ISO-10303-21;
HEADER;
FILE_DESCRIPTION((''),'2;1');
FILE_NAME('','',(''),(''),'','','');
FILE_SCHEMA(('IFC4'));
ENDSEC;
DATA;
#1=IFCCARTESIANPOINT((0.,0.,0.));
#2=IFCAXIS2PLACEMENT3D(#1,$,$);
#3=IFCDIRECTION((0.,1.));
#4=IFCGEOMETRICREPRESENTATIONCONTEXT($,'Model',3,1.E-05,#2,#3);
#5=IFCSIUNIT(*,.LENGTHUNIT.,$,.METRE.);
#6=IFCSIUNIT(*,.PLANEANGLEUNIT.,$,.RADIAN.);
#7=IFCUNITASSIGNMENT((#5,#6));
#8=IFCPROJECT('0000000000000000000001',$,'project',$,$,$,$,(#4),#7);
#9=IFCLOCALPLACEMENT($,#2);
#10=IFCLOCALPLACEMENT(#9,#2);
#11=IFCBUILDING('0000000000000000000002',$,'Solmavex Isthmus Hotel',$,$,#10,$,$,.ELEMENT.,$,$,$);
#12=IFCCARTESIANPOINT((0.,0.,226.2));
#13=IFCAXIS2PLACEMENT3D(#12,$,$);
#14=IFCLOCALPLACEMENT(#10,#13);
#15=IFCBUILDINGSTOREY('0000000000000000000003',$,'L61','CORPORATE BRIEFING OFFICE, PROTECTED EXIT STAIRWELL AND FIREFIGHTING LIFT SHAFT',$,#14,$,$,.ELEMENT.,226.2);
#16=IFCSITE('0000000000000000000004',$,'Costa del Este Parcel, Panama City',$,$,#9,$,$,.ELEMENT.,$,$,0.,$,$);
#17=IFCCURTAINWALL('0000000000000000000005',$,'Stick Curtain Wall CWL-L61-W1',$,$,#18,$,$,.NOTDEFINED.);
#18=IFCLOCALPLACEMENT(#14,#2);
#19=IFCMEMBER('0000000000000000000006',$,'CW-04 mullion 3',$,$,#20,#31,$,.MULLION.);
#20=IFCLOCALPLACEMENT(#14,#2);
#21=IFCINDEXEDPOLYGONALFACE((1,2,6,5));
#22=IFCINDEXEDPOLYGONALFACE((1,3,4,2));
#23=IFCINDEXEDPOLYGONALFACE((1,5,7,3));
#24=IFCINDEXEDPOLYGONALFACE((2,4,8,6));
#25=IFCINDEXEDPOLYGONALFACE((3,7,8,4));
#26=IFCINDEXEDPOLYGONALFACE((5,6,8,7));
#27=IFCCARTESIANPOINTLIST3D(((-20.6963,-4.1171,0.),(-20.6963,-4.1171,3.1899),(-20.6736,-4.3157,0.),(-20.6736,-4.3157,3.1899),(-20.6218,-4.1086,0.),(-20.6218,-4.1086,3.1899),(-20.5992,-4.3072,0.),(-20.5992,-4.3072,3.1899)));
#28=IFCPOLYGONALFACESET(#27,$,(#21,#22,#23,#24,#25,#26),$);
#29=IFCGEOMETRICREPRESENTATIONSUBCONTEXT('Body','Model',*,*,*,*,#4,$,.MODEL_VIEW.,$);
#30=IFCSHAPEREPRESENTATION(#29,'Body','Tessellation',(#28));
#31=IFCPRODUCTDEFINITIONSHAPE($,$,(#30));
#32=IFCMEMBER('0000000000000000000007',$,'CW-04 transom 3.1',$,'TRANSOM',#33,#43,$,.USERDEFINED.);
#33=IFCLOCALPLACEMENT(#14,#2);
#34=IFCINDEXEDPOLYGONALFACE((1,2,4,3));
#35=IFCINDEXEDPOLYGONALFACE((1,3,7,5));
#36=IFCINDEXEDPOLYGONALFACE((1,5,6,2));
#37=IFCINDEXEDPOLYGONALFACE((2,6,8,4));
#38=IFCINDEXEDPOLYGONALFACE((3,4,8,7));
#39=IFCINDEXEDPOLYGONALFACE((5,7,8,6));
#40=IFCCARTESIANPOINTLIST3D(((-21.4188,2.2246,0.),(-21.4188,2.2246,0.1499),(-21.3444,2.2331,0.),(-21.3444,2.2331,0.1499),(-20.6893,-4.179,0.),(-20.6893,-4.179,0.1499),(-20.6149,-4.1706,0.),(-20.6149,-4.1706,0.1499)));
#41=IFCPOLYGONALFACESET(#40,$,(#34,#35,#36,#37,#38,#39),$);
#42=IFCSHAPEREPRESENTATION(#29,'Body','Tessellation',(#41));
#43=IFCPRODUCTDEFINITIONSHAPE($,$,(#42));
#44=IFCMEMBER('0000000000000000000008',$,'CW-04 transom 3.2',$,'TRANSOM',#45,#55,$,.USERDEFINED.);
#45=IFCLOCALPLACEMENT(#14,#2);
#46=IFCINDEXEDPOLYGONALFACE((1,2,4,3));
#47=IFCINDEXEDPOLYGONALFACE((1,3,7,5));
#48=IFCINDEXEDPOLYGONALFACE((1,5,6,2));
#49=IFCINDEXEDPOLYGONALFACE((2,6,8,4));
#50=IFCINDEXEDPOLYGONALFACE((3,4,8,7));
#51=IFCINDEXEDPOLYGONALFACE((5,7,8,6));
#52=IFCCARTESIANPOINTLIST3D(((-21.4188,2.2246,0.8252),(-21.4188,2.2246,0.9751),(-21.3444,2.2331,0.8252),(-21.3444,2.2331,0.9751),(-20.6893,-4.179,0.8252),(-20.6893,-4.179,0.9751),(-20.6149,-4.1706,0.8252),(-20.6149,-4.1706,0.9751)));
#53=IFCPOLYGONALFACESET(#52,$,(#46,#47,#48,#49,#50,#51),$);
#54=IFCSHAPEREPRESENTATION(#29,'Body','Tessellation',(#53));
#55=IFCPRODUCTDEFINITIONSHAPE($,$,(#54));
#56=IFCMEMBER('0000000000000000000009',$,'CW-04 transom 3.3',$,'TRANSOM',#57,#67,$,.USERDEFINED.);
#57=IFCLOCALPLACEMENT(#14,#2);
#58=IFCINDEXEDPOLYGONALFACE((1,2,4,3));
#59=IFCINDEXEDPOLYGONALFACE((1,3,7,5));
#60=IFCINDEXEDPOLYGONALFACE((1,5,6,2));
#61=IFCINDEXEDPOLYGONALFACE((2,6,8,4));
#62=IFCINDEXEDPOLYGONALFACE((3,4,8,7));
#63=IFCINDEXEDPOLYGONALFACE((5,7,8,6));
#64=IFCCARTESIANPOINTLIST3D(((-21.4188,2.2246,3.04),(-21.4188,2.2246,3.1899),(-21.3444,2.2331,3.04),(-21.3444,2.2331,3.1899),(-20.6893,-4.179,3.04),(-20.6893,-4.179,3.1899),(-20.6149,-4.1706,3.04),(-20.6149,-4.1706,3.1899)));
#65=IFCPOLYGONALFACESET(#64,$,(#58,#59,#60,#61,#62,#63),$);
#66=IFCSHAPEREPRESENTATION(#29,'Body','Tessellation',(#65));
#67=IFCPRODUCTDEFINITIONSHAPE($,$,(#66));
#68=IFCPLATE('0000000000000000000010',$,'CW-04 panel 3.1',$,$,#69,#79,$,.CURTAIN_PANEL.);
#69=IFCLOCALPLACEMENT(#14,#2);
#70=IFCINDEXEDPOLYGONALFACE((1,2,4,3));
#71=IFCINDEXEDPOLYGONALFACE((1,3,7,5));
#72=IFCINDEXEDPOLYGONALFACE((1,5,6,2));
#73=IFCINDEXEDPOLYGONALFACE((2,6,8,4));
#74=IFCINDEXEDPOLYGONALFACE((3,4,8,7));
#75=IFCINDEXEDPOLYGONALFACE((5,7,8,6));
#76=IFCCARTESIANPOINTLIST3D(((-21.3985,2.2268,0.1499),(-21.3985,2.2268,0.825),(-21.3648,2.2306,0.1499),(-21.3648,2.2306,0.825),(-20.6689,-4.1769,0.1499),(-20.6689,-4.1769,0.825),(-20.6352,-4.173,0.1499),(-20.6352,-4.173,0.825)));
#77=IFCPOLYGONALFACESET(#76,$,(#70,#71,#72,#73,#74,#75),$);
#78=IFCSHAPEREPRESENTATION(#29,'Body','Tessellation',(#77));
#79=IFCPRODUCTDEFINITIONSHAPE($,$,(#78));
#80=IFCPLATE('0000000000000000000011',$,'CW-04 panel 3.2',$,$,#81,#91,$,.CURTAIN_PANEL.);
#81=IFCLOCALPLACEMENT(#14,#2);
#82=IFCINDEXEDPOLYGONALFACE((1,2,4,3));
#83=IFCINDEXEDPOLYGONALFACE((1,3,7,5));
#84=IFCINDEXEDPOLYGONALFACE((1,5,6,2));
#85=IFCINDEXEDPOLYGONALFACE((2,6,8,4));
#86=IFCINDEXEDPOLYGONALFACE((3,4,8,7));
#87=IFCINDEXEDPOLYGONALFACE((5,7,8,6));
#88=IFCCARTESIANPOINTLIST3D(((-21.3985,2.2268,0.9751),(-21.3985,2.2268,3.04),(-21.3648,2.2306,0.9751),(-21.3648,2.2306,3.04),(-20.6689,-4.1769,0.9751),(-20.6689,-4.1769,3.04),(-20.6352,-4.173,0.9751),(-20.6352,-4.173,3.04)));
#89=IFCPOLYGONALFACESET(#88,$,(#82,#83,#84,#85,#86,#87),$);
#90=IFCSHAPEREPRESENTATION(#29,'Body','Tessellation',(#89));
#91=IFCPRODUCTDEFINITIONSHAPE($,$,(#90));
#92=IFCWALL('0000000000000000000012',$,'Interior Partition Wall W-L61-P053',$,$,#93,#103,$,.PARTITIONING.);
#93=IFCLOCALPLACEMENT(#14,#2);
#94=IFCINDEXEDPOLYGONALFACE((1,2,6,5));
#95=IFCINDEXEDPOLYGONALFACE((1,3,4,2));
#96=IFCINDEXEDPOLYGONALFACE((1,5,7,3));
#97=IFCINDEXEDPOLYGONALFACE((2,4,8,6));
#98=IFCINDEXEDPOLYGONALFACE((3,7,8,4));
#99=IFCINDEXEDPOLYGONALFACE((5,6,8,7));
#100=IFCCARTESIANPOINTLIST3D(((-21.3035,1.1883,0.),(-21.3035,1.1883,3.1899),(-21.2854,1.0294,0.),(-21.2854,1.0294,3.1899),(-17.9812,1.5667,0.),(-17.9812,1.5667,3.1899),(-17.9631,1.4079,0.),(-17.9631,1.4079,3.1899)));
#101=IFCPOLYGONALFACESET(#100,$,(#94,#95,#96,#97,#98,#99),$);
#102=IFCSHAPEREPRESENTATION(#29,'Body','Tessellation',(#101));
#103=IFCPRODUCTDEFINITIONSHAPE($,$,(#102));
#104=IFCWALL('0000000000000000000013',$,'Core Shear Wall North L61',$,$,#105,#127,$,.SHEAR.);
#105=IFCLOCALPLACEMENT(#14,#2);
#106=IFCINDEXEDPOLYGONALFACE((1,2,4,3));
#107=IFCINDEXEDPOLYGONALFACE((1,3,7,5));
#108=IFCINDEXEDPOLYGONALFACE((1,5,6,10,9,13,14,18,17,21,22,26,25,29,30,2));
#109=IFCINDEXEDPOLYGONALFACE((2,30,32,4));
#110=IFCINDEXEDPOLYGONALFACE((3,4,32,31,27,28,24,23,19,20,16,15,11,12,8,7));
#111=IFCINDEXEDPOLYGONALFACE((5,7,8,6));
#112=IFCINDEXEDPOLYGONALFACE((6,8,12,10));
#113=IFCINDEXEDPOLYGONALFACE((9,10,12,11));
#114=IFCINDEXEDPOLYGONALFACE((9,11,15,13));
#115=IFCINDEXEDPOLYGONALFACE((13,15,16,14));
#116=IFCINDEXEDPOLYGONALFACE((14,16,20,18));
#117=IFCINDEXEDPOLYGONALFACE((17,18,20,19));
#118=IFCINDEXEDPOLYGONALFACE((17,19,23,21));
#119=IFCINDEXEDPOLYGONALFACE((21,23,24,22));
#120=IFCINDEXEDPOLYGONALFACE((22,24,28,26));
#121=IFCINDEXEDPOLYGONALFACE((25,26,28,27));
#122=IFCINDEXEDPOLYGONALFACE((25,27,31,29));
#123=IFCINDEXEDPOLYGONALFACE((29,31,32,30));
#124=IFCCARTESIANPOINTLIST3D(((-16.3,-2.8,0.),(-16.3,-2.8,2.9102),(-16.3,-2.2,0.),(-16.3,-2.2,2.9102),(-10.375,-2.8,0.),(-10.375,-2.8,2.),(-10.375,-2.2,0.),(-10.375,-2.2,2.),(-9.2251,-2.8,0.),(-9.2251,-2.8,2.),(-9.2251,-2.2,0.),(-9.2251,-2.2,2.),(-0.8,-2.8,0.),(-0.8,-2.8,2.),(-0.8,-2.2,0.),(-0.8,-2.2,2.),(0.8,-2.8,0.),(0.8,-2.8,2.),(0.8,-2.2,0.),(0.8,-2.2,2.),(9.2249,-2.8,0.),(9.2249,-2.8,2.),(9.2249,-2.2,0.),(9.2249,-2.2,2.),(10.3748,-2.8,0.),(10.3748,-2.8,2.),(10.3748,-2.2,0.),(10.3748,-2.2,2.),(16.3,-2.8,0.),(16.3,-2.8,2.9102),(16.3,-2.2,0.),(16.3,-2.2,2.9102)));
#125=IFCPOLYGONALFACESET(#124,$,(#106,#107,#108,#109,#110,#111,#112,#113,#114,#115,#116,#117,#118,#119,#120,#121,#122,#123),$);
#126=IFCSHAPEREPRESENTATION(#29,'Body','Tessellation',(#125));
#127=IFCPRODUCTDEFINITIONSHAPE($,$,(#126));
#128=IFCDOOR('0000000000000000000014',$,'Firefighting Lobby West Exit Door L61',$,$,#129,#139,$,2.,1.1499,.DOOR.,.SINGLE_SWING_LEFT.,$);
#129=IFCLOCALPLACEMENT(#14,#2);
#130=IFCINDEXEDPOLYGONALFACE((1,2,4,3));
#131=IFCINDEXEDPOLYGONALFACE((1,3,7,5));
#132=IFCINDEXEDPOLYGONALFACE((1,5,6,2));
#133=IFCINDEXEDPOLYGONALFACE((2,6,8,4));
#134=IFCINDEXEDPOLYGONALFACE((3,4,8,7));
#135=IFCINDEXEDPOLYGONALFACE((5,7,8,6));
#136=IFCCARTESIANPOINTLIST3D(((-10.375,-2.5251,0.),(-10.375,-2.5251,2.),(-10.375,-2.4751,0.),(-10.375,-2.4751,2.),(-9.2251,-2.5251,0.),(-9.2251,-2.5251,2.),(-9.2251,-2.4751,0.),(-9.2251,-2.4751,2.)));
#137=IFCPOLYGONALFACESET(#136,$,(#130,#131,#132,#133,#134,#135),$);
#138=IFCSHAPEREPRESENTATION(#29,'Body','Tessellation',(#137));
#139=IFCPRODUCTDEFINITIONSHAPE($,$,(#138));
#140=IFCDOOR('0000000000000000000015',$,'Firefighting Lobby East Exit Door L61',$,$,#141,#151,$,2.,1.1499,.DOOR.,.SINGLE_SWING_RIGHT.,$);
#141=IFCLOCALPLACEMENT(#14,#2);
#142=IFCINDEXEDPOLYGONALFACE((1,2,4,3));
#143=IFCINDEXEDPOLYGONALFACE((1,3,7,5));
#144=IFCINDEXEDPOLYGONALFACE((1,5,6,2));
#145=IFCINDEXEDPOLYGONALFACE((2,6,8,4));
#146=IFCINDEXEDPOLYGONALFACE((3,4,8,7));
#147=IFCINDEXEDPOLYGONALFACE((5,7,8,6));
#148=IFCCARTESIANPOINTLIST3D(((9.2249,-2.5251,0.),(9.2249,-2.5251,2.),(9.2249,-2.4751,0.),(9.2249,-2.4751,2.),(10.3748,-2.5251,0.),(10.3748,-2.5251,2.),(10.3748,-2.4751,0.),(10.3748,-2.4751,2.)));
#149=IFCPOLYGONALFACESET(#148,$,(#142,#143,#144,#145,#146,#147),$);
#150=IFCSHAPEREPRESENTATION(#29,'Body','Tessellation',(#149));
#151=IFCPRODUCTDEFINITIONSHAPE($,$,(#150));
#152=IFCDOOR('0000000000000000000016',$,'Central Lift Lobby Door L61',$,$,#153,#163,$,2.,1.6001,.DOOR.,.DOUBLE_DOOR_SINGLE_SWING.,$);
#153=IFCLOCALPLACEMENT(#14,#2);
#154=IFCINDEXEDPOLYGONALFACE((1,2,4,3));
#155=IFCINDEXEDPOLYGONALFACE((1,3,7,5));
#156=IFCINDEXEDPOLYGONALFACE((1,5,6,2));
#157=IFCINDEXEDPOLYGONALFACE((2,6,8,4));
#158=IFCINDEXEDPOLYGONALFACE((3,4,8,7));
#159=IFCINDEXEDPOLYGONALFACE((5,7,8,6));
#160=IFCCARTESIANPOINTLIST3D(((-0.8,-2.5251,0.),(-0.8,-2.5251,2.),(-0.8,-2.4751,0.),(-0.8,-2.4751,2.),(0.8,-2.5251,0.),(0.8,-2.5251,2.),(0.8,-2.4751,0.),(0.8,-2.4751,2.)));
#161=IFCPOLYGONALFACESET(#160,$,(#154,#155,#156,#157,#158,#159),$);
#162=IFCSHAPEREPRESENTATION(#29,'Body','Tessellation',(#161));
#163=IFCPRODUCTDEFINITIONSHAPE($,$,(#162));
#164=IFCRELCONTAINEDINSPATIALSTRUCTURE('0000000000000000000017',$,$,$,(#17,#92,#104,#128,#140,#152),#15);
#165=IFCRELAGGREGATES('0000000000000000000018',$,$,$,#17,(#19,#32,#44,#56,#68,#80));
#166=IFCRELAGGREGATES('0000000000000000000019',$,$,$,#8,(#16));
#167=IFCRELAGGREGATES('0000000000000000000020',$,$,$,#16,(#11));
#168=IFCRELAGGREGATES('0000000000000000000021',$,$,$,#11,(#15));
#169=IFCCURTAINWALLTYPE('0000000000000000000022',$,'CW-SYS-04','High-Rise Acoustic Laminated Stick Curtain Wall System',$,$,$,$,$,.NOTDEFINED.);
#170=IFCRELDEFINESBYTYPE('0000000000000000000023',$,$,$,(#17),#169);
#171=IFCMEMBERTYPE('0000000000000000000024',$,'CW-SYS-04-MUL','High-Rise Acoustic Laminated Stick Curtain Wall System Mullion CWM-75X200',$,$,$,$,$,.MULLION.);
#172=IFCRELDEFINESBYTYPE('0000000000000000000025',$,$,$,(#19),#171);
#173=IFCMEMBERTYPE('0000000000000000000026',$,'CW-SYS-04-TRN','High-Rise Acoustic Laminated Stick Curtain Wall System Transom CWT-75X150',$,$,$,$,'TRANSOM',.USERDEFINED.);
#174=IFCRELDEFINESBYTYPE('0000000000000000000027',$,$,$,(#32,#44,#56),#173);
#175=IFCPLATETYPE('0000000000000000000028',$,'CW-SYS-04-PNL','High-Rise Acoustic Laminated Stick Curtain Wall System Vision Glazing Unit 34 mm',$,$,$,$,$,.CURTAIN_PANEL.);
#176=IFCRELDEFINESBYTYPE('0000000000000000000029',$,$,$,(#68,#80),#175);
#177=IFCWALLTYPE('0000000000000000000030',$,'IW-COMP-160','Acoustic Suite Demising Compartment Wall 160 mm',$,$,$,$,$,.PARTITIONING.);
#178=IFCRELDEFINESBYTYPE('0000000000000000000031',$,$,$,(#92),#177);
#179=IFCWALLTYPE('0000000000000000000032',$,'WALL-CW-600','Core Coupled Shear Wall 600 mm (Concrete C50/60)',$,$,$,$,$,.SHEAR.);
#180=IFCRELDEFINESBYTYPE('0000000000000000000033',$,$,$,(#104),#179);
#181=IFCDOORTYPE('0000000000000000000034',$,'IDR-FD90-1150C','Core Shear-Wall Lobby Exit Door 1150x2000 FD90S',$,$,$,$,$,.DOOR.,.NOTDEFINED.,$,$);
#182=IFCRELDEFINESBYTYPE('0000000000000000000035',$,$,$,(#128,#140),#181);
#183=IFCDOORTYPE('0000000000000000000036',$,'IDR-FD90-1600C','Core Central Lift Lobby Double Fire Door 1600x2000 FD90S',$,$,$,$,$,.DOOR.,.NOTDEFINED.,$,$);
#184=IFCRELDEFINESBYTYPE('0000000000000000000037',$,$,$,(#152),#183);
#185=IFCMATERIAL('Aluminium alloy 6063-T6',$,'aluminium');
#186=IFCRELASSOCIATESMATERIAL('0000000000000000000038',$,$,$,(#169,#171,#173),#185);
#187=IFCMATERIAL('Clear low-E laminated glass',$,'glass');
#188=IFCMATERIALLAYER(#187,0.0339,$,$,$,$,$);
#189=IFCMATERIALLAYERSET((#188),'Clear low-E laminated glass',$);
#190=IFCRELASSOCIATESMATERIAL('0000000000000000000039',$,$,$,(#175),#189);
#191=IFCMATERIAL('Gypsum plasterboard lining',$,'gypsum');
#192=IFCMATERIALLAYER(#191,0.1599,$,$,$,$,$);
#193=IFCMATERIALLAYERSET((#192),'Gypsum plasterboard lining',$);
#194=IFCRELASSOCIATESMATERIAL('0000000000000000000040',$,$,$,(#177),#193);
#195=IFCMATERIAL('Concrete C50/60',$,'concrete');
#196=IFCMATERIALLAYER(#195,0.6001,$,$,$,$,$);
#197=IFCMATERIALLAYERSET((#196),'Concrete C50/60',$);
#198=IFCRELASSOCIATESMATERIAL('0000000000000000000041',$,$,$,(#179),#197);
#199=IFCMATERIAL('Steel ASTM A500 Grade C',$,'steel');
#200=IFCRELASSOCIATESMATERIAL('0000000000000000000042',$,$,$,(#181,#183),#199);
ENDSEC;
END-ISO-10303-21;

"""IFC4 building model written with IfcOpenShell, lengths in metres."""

from ifc_helpers import new_model, si_unit, direction, frame, frame_2d, origin, origin_2d, place, context, subcontext, project, spatial, rectangle, extrude, material, layer, layer_set, material_profile, profile_set, type_object, element, fill, aggregate, save


model = new_model("IFC4")

# Units and contexts
model_context = context("Model", 3, precision=1e-05, world=origin(), true_north=direction((0.0, 1.0)))
body_context = subcontext(model_context, "Body", "Model", "MODEL_VIEW")
ifc_project = project(units=[si_unit("LENGTHUNIT", "METRE"), si_unit("PLANEANGLEUNIT", "RADIAN")], contexts=[model_context])

# Site, building, storey
site_placement = place(None, origin())
site = spatial("IfcSite", under=ifc_project, at=site_placement, Name="Costa del Este Parcel, Panama City", CompositionType="ELEMENT", RefElevation=0.0)
building_placement = place(site_placement, origin())
building = spatial("IfcBuilding", under=site, at=building_placement, Name="Solmavex Isthmus Hotel", CompositionType="ELEMENT")
storey_placement = place(building_placement, frame((0.0, 0.0, 226.2)))
storey = spatial("IfcBuildingStorey", under=building, at=storey_placement, Name="L61", Description="CORPORATE BRIEFING OFFICE, PROTECTED EXIT STAIRWELL AND FIREFIGHTING LIFT SHAFT", CompositionType="ELEMENT", Elevation=226.2)

# Shared definitions
ifc_material_1 = material(Name="Concrete C50/60", Category="concrete")

# Curtain wall, members, plates
ifc_material_2 = material(Name="Aluminium alloy 6063-T6", Category="aluminium")
curtain_wall_type = type_object("IfcCurtainWallType", Name="CW-SYS-04", Description="High-Rise Acoustic Laminated Stick Curtain Wall System", PredefinedType="NOTDEFINED", material=ifc_material_2)
curtain_wall_placement = place(storey_placement, origin())
curtain_wall = element("IfcCurtainWall", 1, at=curtain_wall_placement, inside=storey, type_object=curtain_wall_type, Name="Stick Curtain Wall CWL-L61-W1", PredefinedType="NOTDEFINED")
ifc_material_profile_1 = material_profile(ifc_material_2, rectangle(XDim=0.075, YDim=0.2, at=origin_2d()), Name="CWM-75X200")
ifc_profile_set_1 = profile_set([ifc_material_profile_1], Name="Aluminium alloy 6063-T6")
member_type_1 = type_object("IfcMemberType", Name="CW-SYS-04-MUL", Description="High-Rise Acoustic Laminated Stick Curtain Wall System Mullion CWM-75X200", PredefinedType="MULLION", material=ifc_profile_set_1)
member_1_placement = place(storey_placement, frame((-20.6477, -4.2122, 0.0), z_axis=(0.0, 0.0, 1.0), x_axis=(-0.993572, -0.113203, 0.0)))
member_1 = element("IfcMember", 2, at=member_1_placement, type_object=member_type_1, Name="CW-04 mullion 3", PredefinedType="MULLION", context=body_context, shape_type="SweptSolid", body=[
    extrude(rectangle(XDim=0.075, YDim=0.2, at=origin_2d()), origin(), (0.0, 0.0, 1.0), 3.1899),
])
ifc_material_profile_2 = material_profile(ifc_material_2, rectangle(XDim=0.075, YDim=0.1499, at=origin_2d()), Name="CWT-75X150")
ifc_profile_set_2 = profile_set([ifc_material_profile_2], Name="Aluminium alloy 6063-T6")
member_type_2 = type_object("IfcMemberType", Name="CW-SYS-04-TRN", Description="High-Rise Acoustic Laminated Stick Curtain Wall System Transom CWT-75X150", ElementType="TRANSOM", PredefinedType="USERDEFINED", material=ifc_profile_set_2)
member_2_placement = place(storey_placement, frame((-20.6521, -4.1748, 0.075), z_axis=(-0.113188, 0.993574, 0.0), x_axis=(-0.993574, -0.113188, 0.0)))
member_2 = element("IfcMember", 3, at=member_2_placement, type_object=member_type_2, Name="CW-04 transom 3.1", ObjectType="TRANSOM", PredefinedType="USERDEFINED", context=body_context, shape_type="SweptSolid", body=[
    extrude(rectangle(XDim=0.075, YDim=0.1499, at=origin_2d()), origin(), (0.0, 0.0, 1.0), 6.4451),
])
member_3_placement = place(storey_placement, frame((-20.6521, -4.1748, 0.9001), z_axis=(-0.113188, 0.993574, 0.0), x_axis=(-0.993574, -0.113188, 0.0)))
member_3 = element("IfcMember", 4, at=member_3_placement, type_object=member_type_2, Name="CW-04 transom 3.2", ObjectType="TRANSOM", PredefinedType="USERDEFINED", context=body_context, shape_type="SweptSolid", body=[
    extrude(rectangle(XDim=0.075, YDim=0.1499, at=origin_2d()), origin(), (0.0, 0.0, 1.0), 6.4451),
])
member_4_placement = place(storey_placement, frame((-20.6521, -4.1748, 3.115), z_axis=(-0.113188, 0.993574, 0.0), x_axis=(-0.993574, -0.113188, 0.0)))
member_4 = element("IfcMember", 5, at=member_4_placement, type_object=member_type_2, Name="CW-04 transom 3.3", ObjectType="TRANSOM", PredefinedType="USERDEFINED", context=body_context, shape_type="SweptSolid", body=[
    extrude(rectangle(XDim=0.075, YDim=0.1499, at=origin_2d()), origin(), (0.0, 0.0, 1.0), 6.4451),
])
ifc_material_3 = material(Name="Clear low-E laminated glass", Category="glass")
ifc_layer_1 = layer(ifc_material_3, 0.0339)
ifc_layer_set_1 = layer_set([ifc_layer_1], Name="Clear low-E laminated glass")
plate_type = type_object("IfcPlateType", Name="CW-SYS-04-PNL", Description="High-Rise Acoustic Laminated Stick Curtain Wall System Vision Glazing Unit 34 mm", PredefinedType="CURTAIN_PANEL", material=ifc_layer_set_1)
plate_1_placement = place(storey_placement, frame((-21.0168, -0.9731, 0.1499), z_axis=(0.0, 0.0, 1.0), x_axis=(-0.113203, 0.993572, 0.0)))
plate_1 = element("IfcPlate", 6, at=plate_1_placement, type_object=plate_type, Name="CW-04 panel 3.1", PredefinedType="CURTAIN_PANEL", context=body_context, shape_type="SweptSolid", body=[
    extrude(rectangle(XDim=6.4451, YDim=0.0339, at=origin_2d()), origin(), (0.0, 0.0, 1.0), 0.675),
])
plate_2_placement = place(storey_placement, frame((-21.0168, -0.9731, 0.9751), z_axis=(0.0, 0.0, 1.0), x_axis=(-0.113203, 0.993572, 0.0)))
plate_2 = element("IfcPlate", 7, at=plate_2_placement, type_object=plate_type, Name="CW-04 panel 3.2", PredefinedType="CURTAIN_PANEL", context=body_context, shape_type="SweptSolid", body=[
    extrude(rectangle(XDim=6.4451, YDim=0.0339, at=origin_2d()), origin(), (0.0, 0.0, 1.0), 2.0649),
])
aggregate(curtain_wall, [member_1, member_2, member_3, member_4, plate_1, plate_2])

# Wall
ifc_material_4 = material(Name="Gypsum plasterboard lining", Category="gypsum")
ifc_layer_2 = layer(ifc_material_4, 0.1599)
ifc_layer_set_2 = layer_set([ifc_layer_2], Name="Gypsum plasterboard lining")
wall_type_1 = type_object("IfcWallType", Name="IW-COMP-160", Description="Acoustic Suite Demising Compartment Wall 160 mm", PredefinedType="PARTITIONING", material=ifc_layer_set_2)
wall_1_placement = place(storey_placement, frame((-17.9722, 1.4873, 0.0), z_axis=(0.0, 0.0, 1.0), x_axis=(-0.993575, -0.113172, 0.0)))
element("IfcWall", 8, at=wall_1_placement, inside=storey, type_object=wall_type_1, Name="Interior Partition Wall W-L61-P053", PredefinedType="PARTITIONING", context=body_context, shape_type="SweptSolid", body=[
    extrude(rectangle(XDim=3.3438, YDim=0.1599, at=frame_2d((1.6719, 0.0))), origin(), (0.0, 0.0, 1.0), 3.1899),
])

# Wall, openings, doors
ifc_layer_3 = layer(ifc_material_1, 0.6001)
ifc_layer_set_3 = layer_set([ifc_layer_3], Name="Concrete C50/60")
wall_type_2 = type_object("IfcWallType", Name="WALL-CW-600", Description="Core Coupled Shear Wall 600 mm (Concrete C50/60)", PredefinedType="SHEAR", material=ifc_layer_set_3)
wall_2_placement = place(storey_placement, frame((-16.3, -2.5, 0.0), z_axis=(0.0, 0.0, 1.0), x_axis=(1.0, 0.0, 0.0)))
wall_2 = element("IfcWall", 9, at=wall_2_placement, inside=storey, type_object=wall_type_2, Name="Core Shear Wall North L61", PredefinedType="SHEAR", context=body_context, shape_type="SweptSolid", body=[
    extrude(rectangle(XDim=32.6001, YDim=0.6001, at=frame_2d((16.3, 0.0))), origin(), (0.0, 0.0, 1.0), 2.9102),
])
opening_1_placement = place(wall_2_placement, frame((5.925, 0.0, 0.0)))
opening_1 = element("IfcOpeningElement", 10, at=opening_1_placement, cuts=wall_2, PredefinedType="OPENING", context=body_context, shape_type="SweptSolid", body=[
    extrude(rectangle(XDim=1.1499, YDim=2.0, at=frame_2d((0.575, 1.0))), frame((0.0, 0.3101, 0.0), z_axis=(0.0, -1.0, 0.0), x_axis=(1.0, 0.0, 0.0)), (0.0, 0.0, 1.0), 0.6201),
])
opening_2_placement = place(wall_2_placement, frame((15.5, 0.0, 0.0)))
opening_2 = element("IfcOpeningElement", 11, at=opening_2_placement, cuts=wall_2, PredefinedType="OPENING", context=body_context, shape_type="SweptSolid", body=[
    extrude(rectangle(XDim=1.6001, YDim=2.0, at=frame_2d((0.8, 1.0))), frame((0.0, 0.3101, 0.0), z_axis=(0.0, -1.0, 0.0), x_axis=(1.0, 0.0, 0.0)), (0.0, 0.0, 1.0), 0.6201),
])
opening_3_placement = place(wall_2_placement, frame((25.5249, 0.0, 0.0)))
opening_3 = element("IfcOpeningElement", 12, at=opening_3_placement, cuts=wall_2, PredefinedType="OPENING", context=body_context, shape_type="SweptSolid", body=[
    extrude(rectangle(XDim=1.1499, YDim=2.0, at=frame_2d((0.575, 1.0))), frame((0.0, 0.3101, 0.0), z_axis=(0.0, -1.0, 0.0), x_axis=(1.0, 0.0, 0.0)), (0.0, 0.0, 1.0), 0.6201),
])
ifc_material_5 = material(Name="Steel ASTM A500 Grade C", Category="steel")
door_type_1 = type_object("IfcDoorType", Name="IDR-FD90-1150C", Description="Core Shear-Wall Lobby Exit Door 1150x2000 FD90S", OperationType="NOTDEFINED", PredefinedType="DOOR", material=ifc_material_5)
door_1_placement = place(opening_1_placement, origin())
door_1 = element("IfcDoor", 13, at=door_1_placement, inside=storey, type_object=door_type_1, Name="Firefighting Lobby West Exit Door L61", OperationType="SINGLE_SWING_LEFT", OverallHeight=2.0, OverallWidth=1.1499, PredefinedType="DOOR", context=body_context, shape_type="SweptSolid", body=[
    extrude(rectangle(XDim=1.1499, YDim=2.0, at=frame_2d((0.575, 1.0))), frame((0.0, 0.0249, 0.0), z_axis=(0.0, -1.0, 0.0), x_axis=(1.0, 0.0, 0.0)), (0.0, 0.0, 1.0), 0.05),
])
fill(opening_1, door_1)
door_2_placement = place(opening_3_placement, origin())
door_2 = element("IfcDoor", 14, at=door_2_placement, inside=storey, type_object=door_type_1, Name="Firefighting Lobby East Exit Door L61", OperationType="SINGLE_SWING_RIGHT", OverallHeight=2.0, OverallWidth=1.1499, PredefinedType="DOOR", context=body_context, shape_type="SweptSolid", body=[
    extrude(rectangle(XDim=1.1499, YDim=2.0, at=frame_2d((0.575, 1.0))), frame((0.0, 0.0249, 0.0), z_axis=(0.0, -1.0, 0.0), x_axis=(1.0, 0.0, 0.0)), (0.0, 0.0, 1.0), 0.05),
])
fill(opening_3, door_2)
door_type_2 = type_object("IfcDoorType", Name="IDR-FD90-1600C", Description="Core Central Lift Lobby Double Fire Door 1600x2000 FD90S", OperationType="NOTDEFINED", PredefinedType="DOOR", material=ifc_material_5)
door_3_placement = place(opening_2_placement, origin())
door_3 = element("IfcDoor", 15, at=door_3_placement, inside=storey, type_object=door_type_2, Name="Central Lift Lobby Door L61", OperationType="DOUBLE_DOOR_SINGLE_SWING", OverallHeight=2.0, OverallWidth=1.6001, PredefinedType="DOOR", context=body_context, shape_type="SweptSolid", body=[
    extrude(rectangle(XDim=1.6001, YDim=2.0, at=frame_2d((0.8, 1.0))), frame((0.0, 0.0249, 0.0), z_axis=(0.0, -1.0, 0.0), x_axis=(1.0, 0.0, 0.0)), (0.0, 0.0, 1.0), 0.05),
])
fill(opening_2, door_3)

save(model, "model.ifc")
